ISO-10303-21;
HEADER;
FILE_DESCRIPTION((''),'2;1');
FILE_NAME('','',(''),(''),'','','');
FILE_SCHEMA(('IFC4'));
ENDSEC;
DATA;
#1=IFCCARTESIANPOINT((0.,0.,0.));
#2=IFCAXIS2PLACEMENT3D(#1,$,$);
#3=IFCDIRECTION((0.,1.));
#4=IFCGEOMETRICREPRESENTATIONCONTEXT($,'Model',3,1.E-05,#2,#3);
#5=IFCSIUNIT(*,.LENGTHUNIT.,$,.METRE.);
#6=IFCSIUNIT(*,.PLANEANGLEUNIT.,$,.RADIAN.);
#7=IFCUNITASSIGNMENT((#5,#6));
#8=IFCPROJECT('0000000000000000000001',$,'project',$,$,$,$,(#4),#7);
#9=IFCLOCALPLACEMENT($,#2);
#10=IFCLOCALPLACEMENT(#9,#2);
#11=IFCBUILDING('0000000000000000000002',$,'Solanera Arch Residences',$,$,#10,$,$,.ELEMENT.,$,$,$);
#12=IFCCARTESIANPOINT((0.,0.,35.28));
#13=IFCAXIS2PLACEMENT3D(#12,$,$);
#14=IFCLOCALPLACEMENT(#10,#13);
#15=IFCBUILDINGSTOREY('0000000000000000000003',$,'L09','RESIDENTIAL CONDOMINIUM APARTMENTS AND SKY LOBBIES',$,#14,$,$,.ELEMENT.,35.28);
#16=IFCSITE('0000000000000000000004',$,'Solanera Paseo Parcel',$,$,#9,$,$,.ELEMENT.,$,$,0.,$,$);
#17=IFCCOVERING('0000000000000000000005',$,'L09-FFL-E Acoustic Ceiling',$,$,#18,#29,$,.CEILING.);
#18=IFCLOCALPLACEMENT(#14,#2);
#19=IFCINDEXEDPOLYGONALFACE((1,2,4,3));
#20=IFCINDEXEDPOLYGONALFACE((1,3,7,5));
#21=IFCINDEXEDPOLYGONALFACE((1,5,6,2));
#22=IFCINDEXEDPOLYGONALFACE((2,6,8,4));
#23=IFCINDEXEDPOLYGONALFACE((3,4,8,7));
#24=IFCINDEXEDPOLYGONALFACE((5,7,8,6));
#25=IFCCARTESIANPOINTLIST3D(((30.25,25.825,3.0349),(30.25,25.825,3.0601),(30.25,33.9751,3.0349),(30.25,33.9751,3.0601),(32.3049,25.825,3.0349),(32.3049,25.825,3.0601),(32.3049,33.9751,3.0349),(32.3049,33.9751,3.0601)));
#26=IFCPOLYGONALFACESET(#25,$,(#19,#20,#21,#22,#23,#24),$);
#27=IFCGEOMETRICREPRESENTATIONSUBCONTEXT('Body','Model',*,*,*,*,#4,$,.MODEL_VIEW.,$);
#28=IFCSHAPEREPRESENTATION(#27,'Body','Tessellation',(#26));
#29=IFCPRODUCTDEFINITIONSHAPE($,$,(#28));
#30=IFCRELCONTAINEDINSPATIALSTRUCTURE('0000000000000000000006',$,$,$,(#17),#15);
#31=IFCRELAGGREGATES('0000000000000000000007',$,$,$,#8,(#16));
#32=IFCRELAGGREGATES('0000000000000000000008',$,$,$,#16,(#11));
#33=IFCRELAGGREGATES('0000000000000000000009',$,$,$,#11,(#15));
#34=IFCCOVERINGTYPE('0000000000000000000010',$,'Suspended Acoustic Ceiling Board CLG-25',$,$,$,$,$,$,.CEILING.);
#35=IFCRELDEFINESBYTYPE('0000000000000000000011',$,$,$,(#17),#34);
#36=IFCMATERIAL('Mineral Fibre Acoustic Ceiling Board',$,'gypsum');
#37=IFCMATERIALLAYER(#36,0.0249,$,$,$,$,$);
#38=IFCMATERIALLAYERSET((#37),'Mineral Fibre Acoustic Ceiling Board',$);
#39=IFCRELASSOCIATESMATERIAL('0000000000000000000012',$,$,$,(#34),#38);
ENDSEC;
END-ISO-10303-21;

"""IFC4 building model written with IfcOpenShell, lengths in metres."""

from ifc_helpers import new_model, si_unit, direction, frame, origin, place, context, subcontext, project, spatial, polyline, outline, extrude, material, layer, layer_set, type_object, element, save


model = new_model("IFC4")

# Units and contexts
model_context = context("Model", 3, precision=1e-05, world=origin(), true_north=direction((0.0, 1.0)))
body_context = subcontext(model_context, "Body", "Model", "MODEL_VIEW")
ifc_project = project(units=[si_unit("LENGTHUNIT", "METRE"), si_unit("PLANEANGLEUNIT", "RADIAN")], contexts=[model_context])

# Site, building, storey
site_placement = place(None, origin())
site = spatial("IfcSite", under=ifc_project, at=site_placement, Name="Solanera Paseo Parcel", CompositionType="ELEMENT", RefElevation=0.0)
building_placement = place(site_placement, origin())
building = spatial("IfcBuilding", under=site, at=building_placement, Name="Solanera Arch Residences", CompositionType="ELEMENT")
storey_placement = place(building_placement, frame((0.0, 0.0, 35.28)))
storey = spatial("IfcBuildingStorey", under=building, at=storey_placement, Name="L09", Description="RESIDENTIAL CONDOMINIUM APARTMENTS AND SKY LOBBIES", CompositionType="ELEMENT", Elevation=35.28)

# Covering
ifc_material_1 = material(Name="Mineral Fibre Acoustic Ceiling Board", Category="gypsum")
ifc_layer_1 = layer(ifc_material_1, 0.0249)
ifc_layer_set_1 = layer_set([ifc_layer_1], Name="Mineral Fibre Acoustic Ceiling Board")
covering_type_1 = type_object("IfcCoveringType", Name="Suspended Acoustic Ceiling Board CLG-25", PredefinedType="CEILING", material=ifc_layer_set_1)
covering_1_placement = place(storey_placement, frame((0.0, 0.0, 3.0349)))
element("IfcCovering", 1, at=covering_1_placement, inside=storey, type_object=covering_type_1, Name="L09-FFL-E Acoustic Ceiling", PredefinedType="CEILING", context=body_context, shape_type="SweptSolid", body=[
    extrude(outline(polyline([(32.3049, 25.825), (30.25, 25.825), (30.25, 33.9751), (32.3049, 33.9751), (32.3049, 25.825)])), origin(), (0.0, 0.0, 1.0), 0.0251),
])

save(model, "model.ifc")
